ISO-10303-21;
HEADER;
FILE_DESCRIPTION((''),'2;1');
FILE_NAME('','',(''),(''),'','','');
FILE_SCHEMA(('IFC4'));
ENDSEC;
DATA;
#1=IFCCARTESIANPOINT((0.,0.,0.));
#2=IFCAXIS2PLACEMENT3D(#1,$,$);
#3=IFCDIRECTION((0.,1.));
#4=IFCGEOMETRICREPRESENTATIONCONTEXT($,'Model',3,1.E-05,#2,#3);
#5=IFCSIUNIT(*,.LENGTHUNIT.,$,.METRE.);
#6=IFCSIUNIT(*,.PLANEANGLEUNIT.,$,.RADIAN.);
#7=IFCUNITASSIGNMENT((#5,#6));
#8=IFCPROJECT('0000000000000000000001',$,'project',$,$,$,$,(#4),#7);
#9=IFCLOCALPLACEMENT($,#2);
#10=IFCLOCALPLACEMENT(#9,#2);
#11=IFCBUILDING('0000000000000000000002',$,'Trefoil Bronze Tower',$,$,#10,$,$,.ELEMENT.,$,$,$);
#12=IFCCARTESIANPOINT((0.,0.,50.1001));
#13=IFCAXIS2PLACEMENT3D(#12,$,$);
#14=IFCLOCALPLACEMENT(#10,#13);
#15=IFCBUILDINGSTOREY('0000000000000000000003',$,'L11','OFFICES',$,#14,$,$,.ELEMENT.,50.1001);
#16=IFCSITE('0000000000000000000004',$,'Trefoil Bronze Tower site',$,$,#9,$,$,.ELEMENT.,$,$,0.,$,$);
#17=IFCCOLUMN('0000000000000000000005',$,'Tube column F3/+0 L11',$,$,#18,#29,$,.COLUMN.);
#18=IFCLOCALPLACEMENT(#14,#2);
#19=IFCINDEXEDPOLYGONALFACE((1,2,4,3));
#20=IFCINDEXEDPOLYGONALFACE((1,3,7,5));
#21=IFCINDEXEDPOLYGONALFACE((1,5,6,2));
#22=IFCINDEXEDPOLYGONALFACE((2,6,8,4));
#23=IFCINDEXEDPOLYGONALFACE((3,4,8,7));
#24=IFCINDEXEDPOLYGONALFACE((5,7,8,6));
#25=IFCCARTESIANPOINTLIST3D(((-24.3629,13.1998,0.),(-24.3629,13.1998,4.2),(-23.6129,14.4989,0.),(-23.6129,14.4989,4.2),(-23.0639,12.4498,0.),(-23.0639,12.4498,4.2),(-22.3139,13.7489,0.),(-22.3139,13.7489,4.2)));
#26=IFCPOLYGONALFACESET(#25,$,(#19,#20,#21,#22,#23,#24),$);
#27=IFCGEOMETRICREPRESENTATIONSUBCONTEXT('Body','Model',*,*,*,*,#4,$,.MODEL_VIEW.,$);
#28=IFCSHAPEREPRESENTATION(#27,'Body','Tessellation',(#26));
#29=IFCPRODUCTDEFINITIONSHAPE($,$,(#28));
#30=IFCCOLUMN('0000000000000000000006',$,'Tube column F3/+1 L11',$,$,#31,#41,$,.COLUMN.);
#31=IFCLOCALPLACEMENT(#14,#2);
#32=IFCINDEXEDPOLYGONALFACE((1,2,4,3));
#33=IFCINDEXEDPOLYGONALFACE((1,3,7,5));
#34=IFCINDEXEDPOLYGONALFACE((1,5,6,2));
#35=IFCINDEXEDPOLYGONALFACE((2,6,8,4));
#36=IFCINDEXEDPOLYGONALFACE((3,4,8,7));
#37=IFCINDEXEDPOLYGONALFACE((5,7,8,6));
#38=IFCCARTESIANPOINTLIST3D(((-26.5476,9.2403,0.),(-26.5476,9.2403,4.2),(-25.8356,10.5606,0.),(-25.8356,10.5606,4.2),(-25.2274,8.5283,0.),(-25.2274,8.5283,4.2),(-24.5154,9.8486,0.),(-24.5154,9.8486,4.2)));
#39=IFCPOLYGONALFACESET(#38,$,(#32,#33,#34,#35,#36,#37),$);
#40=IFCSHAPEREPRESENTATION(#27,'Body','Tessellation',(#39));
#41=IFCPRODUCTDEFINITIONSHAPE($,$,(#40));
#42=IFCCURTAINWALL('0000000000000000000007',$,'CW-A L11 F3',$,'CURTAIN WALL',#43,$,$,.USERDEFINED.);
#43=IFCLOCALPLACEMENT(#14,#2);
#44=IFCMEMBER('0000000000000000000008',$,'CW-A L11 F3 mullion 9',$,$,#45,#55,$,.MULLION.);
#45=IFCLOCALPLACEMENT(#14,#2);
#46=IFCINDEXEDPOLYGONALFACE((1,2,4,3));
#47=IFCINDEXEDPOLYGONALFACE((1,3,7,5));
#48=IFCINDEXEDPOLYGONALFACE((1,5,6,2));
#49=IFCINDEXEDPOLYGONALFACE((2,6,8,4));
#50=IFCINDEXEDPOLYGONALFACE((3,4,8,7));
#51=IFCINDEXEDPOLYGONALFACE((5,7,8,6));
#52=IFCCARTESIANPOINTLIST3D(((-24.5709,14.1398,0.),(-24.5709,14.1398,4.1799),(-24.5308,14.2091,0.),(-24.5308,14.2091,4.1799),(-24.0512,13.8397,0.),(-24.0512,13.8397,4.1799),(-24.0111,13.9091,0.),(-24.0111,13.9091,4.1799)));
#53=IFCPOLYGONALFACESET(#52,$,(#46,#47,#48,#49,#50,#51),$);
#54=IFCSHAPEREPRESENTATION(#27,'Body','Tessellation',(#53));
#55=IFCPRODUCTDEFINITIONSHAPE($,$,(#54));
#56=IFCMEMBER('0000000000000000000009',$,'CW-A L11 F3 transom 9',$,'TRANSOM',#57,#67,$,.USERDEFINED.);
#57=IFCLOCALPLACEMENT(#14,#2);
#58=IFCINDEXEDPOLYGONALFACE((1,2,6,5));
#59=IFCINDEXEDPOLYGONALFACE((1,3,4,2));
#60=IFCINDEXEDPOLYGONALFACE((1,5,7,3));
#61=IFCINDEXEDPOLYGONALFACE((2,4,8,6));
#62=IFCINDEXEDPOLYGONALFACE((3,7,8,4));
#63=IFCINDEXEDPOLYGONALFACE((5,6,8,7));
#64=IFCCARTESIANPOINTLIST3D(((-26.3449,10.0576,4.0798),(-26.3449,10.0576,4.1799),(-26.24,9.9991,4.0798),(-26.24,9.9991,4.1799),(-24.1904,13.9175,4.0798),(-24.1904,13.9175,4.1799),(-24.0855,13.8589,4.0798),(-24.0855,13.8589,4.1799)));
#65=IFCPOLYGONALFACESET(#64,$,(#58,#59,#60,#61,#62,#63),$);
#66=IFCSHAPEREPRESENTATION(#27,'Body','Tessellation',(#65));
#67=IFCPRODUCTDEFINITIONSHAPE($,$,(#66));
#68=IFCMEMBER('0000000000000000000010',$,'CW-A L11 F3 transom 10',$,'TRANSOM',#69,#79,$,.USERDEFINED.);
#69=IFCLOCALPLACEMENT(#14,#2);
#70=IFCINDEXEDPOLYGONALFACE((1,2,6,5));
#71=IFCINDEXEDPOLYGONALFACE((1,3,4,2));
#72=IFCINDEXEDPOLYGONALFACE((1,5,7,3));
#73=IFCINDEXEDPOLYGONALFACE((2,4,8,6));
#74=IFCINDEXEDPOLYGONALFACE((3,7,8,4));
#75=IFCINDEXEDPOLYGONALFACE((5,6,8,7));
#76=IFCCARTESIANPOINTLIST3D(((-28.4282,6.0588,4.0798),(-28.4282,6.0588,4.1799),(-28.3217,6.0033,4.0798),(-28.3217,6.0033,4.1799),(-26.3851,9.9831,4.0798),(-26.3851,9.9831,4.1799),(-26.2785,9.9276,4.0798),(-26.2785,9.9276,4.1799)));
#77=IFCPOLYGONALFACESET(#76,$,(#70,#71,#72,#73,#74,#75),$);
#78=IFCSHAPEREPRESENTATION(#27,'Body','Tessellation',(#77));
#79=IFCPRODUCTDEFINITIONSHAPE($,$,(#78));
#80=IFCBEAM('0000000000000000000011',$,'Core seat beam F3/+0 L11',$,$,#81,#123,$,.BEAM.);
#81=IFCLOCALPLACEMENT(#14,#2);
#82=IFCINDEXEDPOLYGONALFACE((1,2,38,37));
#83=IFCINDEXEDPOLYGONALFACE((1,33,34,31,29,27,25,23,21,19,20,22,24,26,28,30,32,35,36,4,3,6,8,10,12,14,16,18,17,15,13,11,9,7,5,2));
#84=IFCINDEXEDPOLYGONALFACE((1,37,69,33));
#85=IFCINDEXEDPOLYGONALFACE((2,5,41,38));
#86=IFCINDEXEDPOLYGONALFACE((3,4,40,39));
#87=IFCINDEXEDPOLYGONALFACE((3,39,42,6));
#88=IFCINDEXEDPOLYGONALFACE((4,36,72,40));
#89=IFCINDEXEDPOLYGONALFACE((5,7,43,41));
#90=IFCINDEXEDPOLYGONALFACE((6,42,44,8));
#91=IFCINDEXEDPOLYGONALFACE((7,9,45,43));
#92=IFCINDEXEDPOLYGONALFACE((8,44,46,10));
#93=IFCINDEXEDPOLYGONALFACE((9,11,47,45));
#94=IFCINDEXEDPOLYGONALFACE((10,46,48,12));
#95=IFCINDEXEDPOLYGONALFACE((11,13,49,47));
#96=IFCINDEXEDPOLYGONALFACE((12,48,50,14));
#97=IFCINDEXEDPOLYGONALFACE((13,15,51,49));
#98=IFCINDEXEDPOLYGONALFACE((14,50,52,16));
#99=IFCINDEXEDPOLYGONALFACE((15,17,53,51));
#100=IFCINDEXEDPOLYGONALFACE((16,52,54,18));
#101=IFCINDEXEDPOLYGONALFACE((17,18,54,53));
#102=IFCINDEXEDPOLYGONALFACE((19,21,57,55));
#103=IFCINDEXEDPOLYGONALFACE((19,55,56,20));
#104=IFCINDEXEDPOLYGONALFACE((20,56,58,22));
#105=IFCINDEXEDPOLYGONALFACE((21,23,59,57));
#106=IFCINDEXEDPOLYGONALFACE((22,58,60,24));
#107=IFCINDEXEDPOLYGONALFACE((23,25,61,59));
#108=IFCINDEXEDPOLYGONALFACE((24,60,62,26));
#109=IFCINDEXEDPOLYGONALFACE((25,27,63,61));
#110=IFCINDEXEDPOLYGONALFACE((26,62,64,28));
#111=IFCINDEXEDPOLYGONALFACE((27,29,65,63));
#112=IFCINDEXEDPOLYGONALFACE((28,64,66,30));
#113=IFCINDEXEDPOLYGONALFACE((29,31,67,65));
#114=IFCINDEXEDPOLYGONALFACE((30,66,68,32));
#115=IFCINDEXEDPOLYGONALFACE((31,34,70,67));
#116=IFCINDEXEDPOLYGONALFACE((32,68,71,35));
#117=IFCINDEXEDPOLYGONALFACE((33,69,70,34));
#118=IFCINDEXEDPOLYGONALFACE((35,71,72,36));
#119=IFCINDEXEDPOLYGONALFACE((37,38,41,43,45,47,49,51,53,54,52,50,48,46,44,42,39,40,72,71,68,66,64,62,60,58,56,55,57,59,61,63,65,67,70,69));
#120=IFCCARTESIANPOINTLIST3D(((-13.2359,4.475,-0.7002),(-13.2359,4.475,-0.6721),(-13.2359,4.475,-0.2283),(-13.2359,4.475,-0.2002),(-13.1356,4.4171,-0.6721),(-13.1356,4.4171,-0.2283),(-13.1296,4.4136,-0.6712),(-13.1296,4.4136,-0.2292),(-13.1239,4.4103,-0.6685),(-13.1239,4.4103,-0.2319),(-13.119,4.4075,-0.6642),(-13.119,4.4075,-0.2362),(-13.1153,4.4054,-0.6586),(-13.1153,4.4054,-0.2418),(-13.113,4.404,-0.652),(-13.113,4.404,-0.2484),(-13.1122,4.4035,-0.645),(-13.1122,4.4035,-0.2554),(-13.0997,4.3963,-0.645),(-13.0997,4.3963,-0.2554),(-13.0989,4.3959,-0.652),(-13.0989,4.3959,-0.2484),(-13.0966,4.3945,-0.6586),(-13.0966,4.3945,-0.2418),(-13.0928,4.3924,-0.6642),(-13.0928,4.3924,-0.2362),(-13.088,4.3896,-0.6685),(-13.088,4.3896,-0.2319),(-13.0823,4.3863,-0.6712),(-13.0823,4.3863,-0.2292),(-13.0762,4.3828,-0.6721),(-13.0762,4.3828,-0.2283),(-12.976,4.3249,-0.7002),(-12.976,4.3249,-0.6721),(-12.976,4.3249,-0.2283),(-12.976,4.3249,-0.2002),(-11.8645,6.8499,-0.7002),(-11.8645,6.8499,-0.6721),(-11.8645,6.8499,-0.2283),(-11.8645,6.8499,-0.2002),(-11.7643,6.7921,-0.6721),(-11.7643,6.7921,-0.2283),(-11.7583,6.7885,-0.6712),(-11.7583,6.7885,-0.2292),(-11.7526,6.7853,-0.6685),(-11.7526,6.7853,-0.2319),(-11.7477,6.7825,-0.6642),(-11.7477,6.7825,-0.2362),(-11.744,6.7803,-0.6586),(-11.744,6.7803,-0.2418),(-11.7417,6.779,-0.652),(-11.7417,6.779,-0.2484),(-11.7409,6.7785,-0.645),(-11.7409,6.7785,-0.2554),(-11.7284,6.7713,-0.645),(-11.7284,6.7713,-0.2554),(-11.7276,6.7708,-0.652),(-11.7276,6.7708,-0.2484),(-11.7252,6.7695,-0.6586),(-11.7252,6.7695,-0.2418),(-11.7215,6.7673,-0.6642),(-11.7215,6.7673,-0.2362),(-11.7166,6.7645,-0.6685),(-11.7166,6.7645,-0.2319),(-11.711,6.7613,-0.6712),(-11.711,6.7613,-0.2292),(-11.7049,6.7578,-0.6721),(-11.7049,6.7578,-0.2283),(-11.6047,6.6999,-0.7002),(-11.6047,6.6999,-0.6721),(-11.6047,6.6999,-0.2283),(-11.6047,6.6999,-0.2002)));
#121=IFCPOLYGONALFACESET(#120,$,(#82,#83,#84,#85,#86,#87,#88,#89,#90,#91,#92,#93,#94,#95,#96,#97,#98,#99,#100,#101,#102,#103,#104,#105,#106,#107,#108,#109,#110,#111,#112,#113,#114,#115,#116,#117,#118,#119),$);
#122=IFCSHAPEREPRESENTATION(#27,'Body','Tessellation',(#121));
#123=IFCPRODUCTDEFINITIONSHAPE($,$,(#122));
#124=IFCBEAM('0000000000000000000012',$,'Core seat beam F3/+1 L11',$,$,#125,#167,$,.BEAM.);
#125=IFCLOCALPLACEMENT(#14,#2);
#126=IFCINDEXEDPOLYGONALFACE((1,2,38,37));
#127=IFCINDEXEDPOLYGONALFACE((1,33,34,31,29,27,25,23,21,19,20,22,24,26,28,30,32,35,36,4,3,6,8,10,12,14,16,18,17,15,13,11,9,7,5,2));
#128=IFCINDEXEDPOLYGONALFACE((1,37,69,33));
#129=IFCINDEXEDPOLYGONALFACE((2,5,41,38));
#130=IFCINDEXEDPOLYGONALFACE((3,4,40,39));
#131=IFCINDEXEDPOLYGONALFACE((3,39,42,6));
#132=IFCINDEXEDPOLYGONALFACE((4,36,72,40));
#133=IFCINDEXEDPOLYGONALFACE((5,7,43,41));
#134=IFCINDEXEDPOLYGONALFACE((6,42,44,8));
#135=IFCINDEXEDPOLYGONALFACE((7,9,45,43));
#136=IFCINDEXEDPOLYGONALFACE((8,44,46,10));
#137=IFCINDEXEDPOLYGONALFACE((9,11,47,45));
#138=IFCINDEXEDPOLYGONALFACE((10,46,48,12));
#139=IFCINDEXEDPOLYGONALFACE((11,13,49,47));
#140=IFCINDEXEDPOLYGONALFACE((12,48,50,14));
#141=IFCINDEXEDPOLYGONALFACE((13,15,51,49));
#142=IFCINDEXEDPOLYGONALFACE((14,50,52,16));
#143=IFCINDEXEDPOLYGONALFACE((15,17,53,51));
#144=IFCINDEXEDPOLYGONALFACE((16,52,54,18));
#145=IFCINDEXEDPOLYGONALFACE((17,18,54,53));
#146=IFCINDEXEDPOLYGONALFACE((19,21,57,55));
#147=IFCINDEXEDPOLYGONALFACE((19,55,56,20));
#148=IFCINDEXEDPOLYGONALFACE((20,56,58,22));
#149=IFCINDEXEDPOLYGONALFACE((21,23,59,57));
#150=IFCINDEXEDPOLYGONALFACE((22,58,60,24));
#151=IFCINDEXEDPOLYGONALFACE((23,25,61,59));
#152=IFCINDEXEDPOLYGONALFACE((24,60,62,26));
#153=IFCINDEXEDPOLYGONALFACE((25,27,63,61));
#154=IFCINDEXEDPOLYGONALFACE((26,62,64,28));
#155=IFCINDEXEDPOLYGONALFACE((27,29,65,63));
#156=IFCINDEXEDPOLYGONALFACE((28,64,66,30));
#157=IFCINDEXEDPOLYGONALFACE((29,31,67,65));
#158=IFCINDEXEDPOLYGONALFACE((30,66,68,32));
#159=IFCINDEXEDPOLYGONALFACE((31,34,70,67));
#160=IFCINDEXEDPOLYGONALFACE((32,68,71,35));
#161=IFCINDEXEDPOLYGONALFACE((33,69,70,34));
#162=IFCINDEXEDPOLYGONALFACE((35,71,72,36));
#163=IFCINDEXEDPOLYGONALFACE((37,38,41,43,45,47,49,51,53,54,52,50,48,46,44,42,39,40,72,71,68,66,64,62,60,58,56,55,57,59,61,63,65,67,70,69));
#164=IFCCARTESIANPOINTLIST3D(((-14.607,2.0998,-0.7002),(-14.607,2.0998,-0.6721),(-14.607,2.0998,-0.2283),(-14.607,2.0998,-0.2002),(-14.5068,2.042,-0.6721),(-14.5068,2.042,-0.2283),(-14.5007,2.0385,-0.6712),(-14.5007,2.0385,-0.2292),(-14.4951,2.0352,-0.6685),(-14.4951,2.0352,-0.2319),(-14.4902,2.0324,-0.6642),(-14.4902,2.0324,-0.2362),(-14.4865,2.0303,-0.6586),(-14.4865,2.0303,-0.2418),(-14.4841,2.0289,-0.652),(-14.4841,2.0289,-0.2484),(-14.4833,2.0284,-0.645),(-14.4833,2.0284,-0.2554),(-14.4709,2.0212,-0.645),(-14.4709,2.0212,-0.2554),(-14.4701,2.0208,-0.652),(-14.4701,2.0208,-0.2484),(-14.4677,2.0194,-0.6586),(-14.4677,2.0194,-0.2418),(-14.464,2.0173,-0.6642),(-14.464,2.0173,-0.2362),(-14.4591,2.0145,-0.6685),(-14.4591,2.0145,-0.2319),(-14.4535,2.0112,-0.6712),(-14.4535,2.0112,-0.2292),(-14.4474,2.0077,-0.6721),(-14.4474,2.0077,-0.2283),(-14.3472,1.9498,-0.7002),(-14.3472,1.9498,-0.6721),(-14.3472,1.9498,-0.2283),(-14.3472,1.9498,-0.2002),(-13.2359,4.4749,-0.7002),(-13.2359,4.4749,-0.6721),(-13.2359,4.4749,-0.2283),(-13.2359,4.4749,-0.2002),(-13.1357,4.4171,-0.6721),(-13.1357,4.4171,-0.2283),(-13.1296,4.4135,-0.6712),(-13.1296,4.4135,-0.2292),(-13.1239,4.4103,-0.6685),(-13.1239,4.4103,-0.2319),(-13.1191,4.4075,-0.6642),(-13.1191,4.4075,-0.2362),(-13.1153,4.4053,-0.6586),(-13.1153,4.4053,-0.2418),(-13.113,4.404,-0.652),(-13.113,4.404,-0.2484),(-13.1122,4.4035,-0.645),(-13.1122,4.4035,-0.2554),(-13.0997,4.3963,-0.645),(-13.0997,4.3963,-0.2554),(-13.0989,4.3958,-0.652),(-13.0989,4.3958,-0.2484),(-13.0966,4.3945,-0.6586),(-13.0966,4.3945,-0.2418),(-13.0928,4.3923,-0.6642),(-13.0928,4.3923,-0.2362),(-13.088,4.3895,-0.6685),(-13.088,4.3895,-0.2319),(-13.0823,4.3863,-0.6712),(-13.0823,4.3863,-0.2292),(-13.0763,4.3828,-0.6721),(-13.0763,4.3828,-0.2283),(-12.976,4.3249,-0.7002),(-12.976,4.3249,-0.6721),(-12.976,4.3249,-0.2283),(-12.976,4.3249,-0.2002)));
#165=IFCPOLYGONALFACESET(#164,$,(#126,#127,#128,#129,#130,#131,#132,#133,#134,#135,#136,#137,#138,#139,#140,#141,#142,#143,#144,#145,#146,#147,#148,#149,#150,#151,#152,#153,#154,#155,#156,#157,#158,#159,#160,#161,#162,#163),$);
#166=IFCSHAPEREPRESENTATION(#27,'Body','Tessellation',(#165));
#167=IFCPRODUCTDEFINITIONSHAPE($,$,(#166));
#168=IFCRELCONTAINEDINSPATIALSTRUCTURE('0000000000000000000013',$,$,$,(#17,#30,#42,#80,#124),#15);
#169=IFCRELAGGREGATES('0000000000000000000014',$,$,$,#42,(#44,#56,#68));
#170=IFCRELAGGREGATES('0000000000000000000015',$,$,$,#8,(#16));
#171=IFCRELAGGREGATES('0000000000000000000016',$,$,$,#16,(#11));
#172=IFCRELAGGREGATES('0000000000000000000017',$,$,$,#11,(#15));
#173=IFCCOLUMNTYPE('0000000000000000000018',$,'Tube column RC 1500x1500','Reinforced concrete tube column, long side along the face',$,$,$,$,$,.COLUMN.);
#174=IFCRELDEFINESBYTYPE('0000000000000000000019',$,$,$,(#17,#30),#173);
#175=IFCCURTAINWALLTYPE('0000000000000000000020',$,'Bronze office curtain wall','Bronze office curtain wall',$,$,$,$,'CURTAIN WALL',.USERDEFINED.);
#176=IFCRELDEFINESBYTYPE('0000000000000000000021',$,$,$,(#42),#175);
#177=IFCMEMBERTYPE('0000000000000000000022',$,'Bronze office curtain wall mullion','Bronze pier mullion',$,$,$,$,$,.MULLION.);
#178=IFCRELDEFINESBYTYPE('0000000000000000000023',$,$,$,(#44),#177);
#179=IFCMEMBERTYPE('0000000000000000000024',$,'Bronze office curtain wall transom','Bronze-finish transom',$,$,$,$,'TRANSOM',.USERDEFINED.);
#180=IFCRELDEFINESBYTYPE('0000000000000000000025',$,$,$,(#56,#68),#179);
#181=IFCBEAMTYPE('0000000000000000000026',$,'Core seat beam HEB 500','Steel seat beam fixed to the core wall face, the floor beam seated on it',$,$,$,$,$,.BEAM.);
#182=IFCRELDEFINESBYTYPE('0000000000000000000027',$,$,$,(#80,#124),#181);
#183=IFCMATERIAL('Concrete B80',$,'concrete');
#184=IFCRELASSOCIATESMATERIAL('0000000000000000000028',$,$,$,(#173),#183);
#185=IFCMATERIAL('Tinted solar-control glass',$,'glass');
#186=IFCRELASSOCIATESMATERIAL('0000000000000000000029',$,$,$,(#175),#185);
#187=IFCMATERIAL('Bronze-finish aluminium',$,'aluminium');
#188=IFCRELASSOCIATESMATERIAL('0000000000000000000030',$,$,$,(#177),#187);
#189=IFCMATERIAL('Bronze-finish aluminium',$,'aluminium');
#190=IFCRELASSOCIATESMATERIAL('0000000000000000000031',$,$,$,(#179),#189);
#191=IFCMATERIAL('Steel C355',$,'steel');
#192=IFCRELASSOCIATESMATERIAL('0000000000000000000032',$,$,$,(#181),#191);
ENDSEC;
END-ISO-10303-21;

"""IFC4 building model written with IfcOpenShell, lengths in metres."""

from ifc_helpers import new_model, si_unit, direction, frame, origin, origin_2d, place, context, subcontext, project, spatial, rectangle, i_section, extrude, material, material_profile, profile_set, type_object, element, aggregate, save


model = new_model("IFC4")

# Units and contexts
model_context = context("Model", 3, precision=1e-05, world=origin(), true_north=direction((0.0, 1.0)))
body_context = subcontext(model_context, "Body", "Model", "MODEL_VIEW")
ifc_project = project(units=[si_unit("LENGTHUNIT", "METRE"), si_unit("PLANEANGLEUNIT", "RADIAN")], contexts=[model_context])

# Site, building, storey
site_placement = place(None, origin())
site = spatial("IfcSite", under=ifc_project, at=site_placement, Name="Trefoil Bronze Tower site", CompositionType="ELEMENT", RefElevation=0.0)
building_placement = place(site_placement, origin())
building = spatial("IfcBuilding", under=site, at=building_placement, Name="Trefoil Bronze Tower", CompositionType="ELEMENT")
storey_placement = place(building_placement, frame((0.0, 0.0, 50.1001)))
storey = spatial("IfcBuildingStorey", under=building, at=storey_placement, Name="L11", Description="OFFICES", CompositionType="ELEMENT", Elevation=50.1001)

# Columns
ifc_material_1 = material(Name="Concrete B80", Category="concrete")
ifc_material_profile_1 = material_profile(ifc_material_1, rectangle(XDim=1.5, YDim=1.5, at=origin_2d()), Name="RC 1500x1500")
ifc_profile_set_1 = profile_set([ifc_material_profile_1], Name="Concrete B80")
column_type = type_object("IfcColumnType", Name="Tube column RC 1500x1500", Description="Reinforced concrete tube column, long side along the face", PredefinedType="COLUMN", material=ifc_profile_set_1)
for number, where, z_axis, x_axis, name in (
    (1, (-23.3384, 13.4744, 0.0), (0.0, 0.0, 1.0), (-0.5, -0.866025, 0.0), "Tube column F3/+0 L11"),
    (2, (-25.5315, 9.5444, 0.0), (0.0, 0.0, 1.0), (-0.474656, -0.880171, 0.0), "Tube column F3/+1 L11"),
):
    element("IfcColumn", number, at=place(storey_placement, frame(where, z_axis=z_axis, x_axis=x_axis)), inside=storey, type_object=column_type, Name=name, PredefinedType="COLUMN", context=body_context, shape_type="SweptSolid", body=[
        extrude(rectangle(XDim=1.5, YDim=1.5, at=origin_2d()), origin(), (0.0, 0.0, 1.0), 4.2),
    ])

# Curtain wall, members
ifc_material_2 = material(Name="Tinted solar-control glass", Category="glass")
curtain_wall_type = type_object("IfcCurtainWallType", Name="Bronze office curtain wall", Description="Bronze office curtain wall", ElementType="CURTAIN WALL", PredefinedType="USERDEFINED", material=ifc_material_2)
curtain_wall_placement = place(storey_placement, origin())
curtain_wall = element("IfcCurtainWall", 3, at=curtain_wall_placement, inside=storey, type_object=curtain_wall_type, Name="CW-A L11 F3", ObjectType="CURTAIN WALL", PredefinedType="USERDEFINED")
ifc_material_3 = material(Name="Bronze-finish aluminium", Category="aluminium")
ifc_material_profile_2 = material_profile(ifc_material_3, rectangle(XDim=0.6001, YDim=0.0801, at=origin_2d()), Name="CW-A mullion")
ifc_profile_set_2 = profile_set([ifc_material_profile_2], Name="Bronze-finish aluminium")
member_type_1 = type_object("IfcMemberType", Name="Bronze office curtain wall mullion", Description="Bronze pier mullion", PredefinedType="MULLION", material=ifc_profile_set_2)
member_1_placement = place(storey_placement, frame((-24.291, 14.0244, 0.0), z_axis=(0.0, 0.0, 1.0), x_axis=(0.866025, -0.5, 0.0)))
member_1 = element("IfcMember", 4, at=member_1_placement, type_object=member_type_1, Name="CW-A L11 F3 mullion 9", PredefinedType="MULLION", context=body_context, shape_type="SweptSolid", body=[
    extrude(rectangle(XDim=0.6001, YDim=0.0801, at=origin_2d()), origin(), (0.0, 0.0, 1.0), 4.1799),
])
ifc_material_4 = material(Name="Bronze-finish aluminium", Category="aluminium")
ifc_material_profile_3 = material_profile(ifc_material_4, rectangle(XDim=0.1201, YDim=0.1001, at=origin_2d()), Name="CW-A transom")
ifc_profile_set_3 = profile_set([ifc_material_profile_3], Name="Bronze-finish aluminium")
member_type_2 = type_object("IfcMemberType", Name="Bronze office curtain wall transom", Description="Bronze-finish transom", ElementType="TRANSOM", PredefinedType="USERDEFINED", material=ifc_profile_set_3)
member_2_placement = place(storey_placement, frame((-24.1379, 13.8882, 4.1299), z_axis=(-0.4874, -0.873179, 0.0), x_axis=(0.873179, -0.4874, 0.0)))
member_2 = element("IfcMember", 5, at=member_2_placement, type_object=member_type_2, Name="CW-A L11 F3 transom 9", ObjectType="TRANSOM", PredefinedType="USERDEFINED", context=body_context, shape_type="SweptSolid", body=[
    extrude(rectangle(XDim=0.1201, YDim=0.1001, at=origin_2d()), origin(), (0.0, 0.0, 1.0), 4.4204),
])
member_3_placement = place(storey_placement, frame((-26.3318, 9.9553, 4.1299), z_axis=(-0.46181, -0.886979, 0.0), x_axis=(0.886979, -0.46181, 0.0)))
member_3 = element("IfcMember", 6, at=member_3_placement, type_object=member_type_2, Name="CW-A L11 F3 transom 10", ObjectType="TRANSOM", PredefinedType="USERDEFINED", context=body_context, shape_type="SweptSolid", body=[
    extrude(rectangle(XDim=0.1201, YDim=0.1001, at=origin_2d()), origin(), (0.0, 0.0, 1.0), 4.4243),
])

# Beams
ifc_material_5 = material(Name="Steel C355", Category="steel")
ifc_material_profile_4 = material_profile(ifc_material_5, i_section(OverallWidth=0.3, OverallDepth=0.5, WebThickness=0.0144, FlangeThickness=0.0281, FilletRadius=0.0271, at=origin_2d()), Name="HEB 500")
ifc_profile_set_4 = profile_set([ifc_material_profile_4], Name="Steel C355")
beam_type_1 = type_object("IfcBeamType", Name="Core seat beam HEB 500", Description="Steel seat beam fixed to the core wall face, the floor beam seated on it", PredefinedType="BEAM", material=ifc_profile_set_4)
for number, where, z_axis, x_axis, name in (
    (7, (-11.7346, 6.7749, -0.4502), (-0.500036, -0.866005, 0.0), (0.866005, -0.500036, 0.0), "Core seat beam F3/+0 L11"),
    (8, (-13.106, 4.3999, -0.4502), (-0.499969, -0.866043, 0.0), (0.866043, -0.499969, 0.0), "Core seat beam F3/+1 L11"),
):
    element("IfcBeam", number, at=place(storey_placement, frame(where, z_axis=z_axis, x_axis=x_axis)), inside=storey, type_object=beam_type_1, Name=name, PredefinedType="BEAM", context=body_context, shape_type="SweptSolid", body=[
        extrude(i_section(OverallWidth=0.3, OverallDepth=0.5, WebThickness=0.0144, FlangeThickness=0.0281, FilletRadius=0.0271, at=origin_2d()), origin(), (0.0, 0.0, 1.0), 2.7424),
    ])

aggregate(curtain_wall, [member_1, member_2, member_3])

save(model, "model.ifc")
